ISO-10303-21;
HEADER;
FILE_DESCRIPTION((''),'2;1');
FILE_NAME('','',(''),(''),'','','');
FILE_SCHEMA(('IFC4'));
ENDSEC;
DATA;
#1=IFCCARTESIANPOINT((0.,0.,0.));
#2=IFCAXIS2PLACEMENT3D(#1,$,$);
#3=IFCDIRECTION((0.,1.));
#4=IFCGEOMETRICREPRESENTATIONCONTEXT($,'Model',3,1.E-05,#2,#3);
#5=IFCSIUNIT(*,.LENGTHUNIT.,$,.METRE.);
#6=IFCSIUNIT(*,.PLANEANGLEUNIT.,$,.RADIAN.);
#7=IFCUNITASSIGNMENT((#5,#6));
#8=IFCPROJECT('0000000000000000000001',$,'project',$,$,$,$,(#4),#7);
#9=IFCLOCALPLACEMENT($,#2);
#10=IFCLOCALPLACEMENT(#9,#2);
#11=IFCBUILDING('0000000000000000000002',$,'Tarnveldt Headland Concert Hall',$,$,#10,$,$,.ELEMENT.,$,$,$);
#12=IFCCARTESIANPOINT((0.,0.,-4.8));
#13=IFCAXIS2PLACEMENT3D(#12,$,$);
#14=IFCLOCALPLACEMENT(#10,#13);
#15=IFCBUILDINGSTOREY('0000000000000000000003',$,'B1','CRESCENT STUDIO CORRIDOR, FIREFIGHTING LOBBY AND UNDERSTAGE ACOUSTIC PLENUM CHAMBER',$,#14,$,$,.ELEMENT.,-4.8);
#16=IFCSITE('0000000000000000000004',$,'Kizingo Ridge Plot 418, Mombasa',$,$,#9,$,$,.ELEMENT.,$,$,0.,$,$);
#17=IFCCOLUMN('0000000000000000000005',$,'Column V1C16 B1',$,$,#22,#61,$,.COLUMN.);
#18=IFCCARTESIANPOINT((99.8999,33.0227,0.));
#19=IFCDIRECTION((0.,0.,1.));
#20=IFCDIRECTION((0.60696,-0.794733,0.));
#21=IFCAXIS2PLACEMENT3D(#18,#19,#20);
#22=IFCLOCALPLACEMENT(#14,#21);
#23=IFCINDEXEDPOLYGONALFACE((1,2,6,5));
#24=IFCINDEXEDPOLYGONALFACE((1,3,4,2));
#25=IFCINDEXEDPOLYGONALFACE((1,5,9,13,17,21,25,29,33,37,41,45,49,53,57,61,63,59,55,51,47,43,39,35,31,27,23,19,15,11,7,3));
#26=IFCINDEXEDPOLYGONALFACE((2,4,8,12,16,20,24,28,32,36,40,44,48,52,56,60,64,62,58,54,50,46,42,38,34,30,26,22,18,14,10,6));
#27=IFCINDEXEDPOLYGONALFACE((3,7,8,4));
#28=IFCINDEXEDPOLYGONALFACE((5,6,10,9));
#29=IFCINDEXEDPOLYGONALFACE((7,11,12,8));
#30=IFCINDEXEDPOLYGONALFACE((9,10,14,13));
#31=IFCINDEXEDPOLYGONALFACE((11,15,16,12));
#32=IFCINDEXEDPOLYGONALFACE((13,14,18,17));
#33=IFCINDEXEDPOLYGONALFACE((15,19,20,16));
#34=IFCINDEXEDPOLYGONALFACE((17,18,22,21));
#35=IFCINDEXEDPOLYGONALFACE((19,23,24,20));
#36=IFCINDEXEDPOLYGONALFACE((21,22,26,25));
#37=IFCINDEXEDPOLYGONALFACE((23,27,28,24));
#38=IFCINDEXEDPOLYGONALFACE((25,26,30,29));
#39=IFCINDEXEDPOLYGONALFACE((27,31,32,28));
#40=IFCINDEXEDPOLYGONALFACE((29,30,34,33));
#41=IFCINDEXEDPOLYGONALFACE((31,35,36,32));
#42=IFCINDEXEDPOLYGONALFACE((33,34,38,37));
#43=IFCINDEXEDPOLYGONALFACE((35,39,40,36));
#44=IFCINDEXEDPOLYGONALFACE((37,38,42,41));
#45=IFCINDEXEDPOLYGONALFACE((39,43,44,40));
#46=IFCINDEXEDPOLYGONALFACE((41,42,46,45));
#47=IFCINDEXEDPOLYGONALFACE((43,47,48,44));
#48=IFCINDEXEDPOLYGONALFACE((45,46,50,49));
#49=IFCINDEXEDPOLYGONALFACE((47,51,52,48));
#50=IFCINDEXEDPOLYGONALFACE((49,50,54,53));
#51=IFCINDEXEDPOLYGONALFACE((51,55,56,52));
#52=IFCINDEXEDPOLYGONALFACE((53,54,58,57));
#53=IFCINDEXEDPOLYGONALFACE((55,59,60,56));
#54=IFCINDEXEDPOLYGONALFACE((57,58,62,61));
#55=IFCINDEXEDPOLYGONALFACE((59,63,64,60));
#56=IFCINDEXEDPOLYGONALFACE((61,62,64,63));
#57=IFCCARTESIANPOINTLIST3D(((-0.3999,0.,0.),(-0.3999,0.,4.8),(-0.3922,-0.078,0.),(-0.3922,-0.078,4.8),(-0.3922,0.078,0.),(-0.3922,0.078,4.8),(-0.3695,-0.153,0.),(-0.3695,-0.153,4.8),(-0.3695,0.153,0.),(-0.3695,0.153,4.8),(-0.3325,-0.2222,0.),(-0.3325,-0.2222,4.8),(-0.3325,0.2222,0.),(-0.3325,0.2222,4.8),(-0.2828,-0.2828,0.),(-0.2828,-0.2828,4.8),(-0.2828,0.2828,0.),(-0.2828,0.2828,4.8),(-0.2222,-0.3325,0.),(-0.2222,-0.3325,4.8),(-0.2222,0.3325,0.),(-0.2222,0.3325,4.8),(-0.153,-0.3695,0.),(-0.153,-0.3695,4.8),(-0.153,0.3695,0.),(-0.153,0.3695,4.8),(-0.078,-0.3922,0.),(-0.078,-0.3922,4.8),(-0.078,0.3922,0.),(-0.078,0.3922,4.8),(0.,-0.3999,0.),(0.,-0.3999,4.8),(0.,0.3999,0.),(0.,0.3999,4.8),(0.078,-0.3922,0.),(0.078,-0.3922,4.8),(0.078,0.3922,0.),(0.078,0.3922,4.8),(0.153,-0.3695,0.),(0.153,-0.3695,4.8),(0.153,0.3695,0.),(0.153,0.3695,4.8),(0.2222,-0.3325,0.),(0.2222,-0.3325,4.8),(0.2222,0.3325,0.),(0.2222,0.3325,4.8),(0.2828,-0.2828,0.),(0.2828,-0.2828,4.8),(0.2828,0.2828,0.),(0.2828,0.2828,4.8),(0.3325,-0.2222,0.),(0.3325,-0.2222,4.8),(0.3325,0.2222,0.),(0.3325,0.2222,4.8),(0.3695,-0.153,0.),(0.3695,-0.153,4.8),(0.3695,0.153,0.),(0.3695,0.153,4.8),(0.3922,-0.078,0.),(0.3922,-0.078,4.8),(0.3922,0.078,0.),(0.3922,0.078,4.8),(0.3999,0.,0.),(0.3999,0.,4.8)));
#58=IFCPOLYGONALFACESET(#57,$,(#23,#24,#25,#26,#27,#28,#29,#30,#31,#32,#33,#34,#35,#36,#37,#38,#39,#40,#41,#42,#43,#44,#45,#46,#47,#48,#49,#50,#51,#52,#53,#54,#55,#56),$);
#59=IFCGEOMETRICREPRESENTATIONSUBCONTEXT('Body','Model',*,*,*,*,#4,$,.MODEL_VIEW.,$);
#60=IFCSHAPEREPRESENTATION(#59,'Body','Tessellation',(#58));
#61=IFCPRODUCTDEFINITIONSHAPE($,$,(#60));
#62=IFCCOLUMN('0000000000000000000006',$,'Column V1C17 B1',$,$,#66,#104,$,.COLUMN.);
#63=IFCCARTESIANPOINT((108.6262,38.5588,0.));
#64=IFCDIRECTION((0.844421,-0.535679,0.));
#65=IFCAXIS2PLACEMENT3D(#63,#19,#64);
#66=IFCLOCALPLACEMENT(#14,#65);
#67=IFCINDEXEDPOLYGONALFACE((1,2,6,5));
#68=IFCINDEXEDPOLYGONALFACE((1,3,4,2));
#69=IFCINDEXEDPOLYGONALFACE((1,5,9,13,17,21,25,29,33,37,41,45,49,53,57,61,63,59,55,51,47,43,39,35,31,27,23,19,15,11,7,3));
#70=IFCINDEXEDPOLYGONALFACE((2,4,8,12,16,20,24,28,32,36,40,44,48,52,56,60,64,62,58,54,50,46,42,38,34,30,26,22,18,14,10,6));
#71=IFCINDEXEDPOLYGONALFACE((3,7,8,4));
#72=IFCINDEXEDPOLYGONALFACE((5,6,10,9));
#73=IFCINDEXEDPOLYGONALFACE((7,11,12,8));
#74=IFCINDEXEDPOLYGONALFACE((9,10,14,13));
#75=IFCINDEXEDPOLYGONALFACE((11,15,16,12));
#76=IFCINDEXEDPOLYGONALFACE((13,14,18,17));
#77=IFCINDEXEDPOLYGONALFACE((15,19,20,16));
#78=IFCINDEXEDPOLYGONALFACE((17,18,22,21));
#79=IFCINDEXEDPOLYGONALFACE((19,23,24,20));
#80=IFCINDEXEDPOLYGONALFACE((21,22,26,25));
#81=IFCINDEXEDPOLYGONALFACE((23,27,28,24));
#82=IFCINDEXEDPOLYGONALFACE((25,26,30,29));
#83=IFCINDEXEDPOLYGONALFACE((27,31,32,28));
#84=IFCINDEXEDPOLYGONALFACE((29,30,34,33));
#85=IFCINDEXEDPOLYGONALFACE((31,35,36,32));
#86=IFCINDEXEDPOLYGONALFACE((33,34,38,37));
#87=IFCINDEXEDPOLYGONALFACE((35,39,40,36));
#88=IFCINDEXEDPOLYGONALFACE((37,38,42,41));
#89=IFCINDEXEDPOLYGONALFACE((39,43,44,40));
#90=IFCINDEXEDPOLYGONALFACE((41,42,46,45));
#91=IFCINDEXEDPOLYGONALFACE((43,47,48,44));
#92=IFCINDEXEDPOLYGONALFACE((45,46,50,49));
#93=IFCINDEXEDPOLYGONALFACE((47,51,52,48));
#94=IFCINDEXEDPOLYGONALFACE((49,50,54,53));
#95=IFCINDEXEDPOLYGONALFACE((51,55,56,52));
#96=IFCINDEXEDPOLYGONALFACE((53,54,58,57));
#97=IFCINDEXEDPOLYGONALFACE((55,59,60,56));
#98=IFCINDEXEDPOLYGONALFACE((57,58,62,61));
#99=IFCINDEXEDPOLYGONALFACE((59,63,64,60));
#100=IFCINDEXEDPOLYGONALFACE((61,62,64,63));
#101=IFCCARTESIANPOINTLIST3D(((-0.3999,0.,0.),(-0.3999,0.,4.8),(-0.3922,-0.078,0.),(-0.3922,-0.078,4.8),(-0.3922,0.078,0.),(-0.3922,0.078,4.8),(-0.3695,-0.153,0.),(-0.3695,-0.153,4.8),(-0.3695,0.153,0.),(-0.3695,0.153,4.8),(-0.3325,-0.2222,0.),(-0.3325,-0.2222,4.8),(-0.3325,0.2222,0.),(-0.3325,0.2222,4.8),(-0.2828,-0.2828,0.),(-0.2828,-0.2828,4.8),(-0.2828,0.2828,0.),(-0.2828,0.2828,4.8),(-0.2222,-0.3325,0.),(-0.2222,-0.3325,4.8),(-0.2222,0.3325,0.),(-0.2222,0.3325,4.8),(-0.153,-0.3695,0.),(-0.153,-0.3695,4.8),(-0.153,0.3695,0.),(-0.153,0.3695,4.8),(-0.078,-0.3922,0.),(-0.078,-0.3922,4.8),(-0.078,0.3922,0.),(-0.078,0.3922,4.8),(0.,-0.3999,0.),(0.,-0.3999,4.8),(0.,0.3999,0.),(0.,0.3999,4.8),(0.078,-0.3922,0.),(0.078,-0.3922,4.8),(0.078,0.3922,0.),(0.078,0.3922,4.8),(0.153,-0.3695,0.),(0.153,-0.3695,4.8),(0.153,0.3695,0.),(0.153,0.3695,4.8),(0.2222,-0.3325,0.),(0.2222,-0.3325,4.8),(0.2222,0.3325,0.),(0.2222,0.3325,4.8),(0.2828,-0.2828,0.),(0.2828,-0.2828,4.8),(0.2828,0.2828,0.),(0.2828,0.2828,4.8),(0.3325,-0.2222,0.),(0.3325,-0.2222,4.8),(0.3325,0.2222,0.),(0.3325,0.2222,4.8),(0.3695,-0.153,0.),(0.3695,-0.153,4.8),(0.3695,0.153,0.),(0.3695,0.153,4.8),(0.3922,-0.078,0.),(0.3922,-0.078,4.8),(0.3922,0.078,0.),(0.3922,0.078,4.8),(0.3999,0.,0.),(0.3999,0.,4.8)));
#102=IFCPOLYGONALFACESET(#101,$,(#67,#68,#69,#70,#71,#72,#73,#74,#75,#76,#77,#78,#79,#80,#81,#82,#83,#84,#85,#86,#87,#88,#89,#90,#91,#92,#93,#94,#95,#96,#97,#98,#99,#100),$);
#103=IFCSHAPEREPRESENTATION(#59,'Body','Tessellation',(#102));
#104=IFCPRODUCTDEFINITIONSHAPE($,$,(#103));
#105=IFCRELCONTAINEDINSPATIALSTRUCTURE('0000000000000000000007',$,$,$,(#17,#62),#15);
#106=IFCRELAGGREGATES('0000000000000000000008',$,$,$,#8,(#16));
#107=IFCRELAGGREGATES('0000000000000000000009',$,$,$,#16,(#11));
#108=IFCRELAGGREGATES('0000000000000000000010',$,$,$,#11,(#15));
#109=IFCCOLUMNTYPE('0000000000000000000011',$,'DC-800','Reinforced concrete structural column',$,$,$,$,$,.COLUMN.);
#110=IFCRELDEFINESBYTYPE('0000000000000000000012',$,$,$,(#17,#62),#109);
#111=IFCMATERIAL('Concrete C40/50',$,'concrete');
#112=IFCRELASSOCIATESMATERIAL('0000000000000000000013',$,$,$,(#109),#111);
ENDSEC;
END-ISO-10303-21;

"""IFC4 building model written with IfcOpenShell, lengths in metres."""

from ifc_helpers import new_model, si_unit, direction, frame, origin, origin_2d, place, context, subcontext, project, spatial, circle, extrude, material, material_profile, profile_set, type_object, element, save


model = new_model("IFC4")

# Units and contexts
model_context = context("Model", 3, precision=1e-05, world=origin(), true_north=direction((0.0, 1.0)))
body_context = subcontext(model_context, "Body", "Model", "MODEL_VIEW")
ifc_project = project(units=[si_unit("LENGTHUNIT", "METRE"), si_unit("PLANEANGLEUNIT", "RADIAN")], contexts=[model_context])

# Site, building, storey
site_placement = place(None, origin())
site = spatial("IfcSite", under=ifc_project, at=site_placement, Name="Kizingo Ridge Plot 418, Mombasa", CompositionType="ELEMENT", RefElevation=0.0)
building_placement = place(site_placement, origin())
building = spatial("IfcBuilding", under=site, at=building_placement, Name="Tarnveldt Headland Concert Hall", CompositionType="ELEMENT")
storey_placement = place(building_placement, frame((0.0, 0.0, -4.8)))
storey = spatial("IfcBuildingStorey", under=building, at=storey_placement, Name="B1", Description="CRESCENT STUDIO CORRIDOR, FIREFIGHTING LOBBY AND UNDERSTAGE ACOUSTIC PLENUM CHAMBER", CompositionType="ELEMENT", Elevation=-4.8)

# Shared definitions
ifc_material_1 = material(Name="Concrete C40/50", Category="concrete")

# Columns
ifc_material_profile_1 = material_profile(ifc_material_1, circle(Radius=0.3999, at=origin_2d()), Name="RC D800", Category="concrete")
ifc_profile_set_1 = profile_set([ifc_material_profile_1], Name="Concrete C40/50")
column_type_1 = type_object("IfcColumnType", Name="DC-800", Description="Reinforced concrete structural column", PredefinedType="COLUMN", material=ifc_profile_set_1)
for number, where, z_axis, x_axis, name in (
    (1, (99.8999, 33.0227, 0.0), (0.0, 0.0, 1.0), (0.60696, -0.794733, 0.0), "Column V1C16 B1"),
    (2, (108.6262, 38.5588, 0.0), (0.0, 0.0, 1.0), (0.844421, -0.535679, 0.0), "Column V1C17 B1"),
):
    element("IfcColumn", number, at=place(storey_placement, frame(where, z_axis=z_axis, x_axis=x_axis)), inside=storey, type_object=column_type_1, Name=name, PredefinedType="COLUMN", context=body_context, shape_type="SweptSolid", body=[
        extrude(circle(Radius=0.3999, at=origin_2d()), origin(), (0.0, 0.0, 1.0), 4.8),
    ])

save(model, "model.ifc")
